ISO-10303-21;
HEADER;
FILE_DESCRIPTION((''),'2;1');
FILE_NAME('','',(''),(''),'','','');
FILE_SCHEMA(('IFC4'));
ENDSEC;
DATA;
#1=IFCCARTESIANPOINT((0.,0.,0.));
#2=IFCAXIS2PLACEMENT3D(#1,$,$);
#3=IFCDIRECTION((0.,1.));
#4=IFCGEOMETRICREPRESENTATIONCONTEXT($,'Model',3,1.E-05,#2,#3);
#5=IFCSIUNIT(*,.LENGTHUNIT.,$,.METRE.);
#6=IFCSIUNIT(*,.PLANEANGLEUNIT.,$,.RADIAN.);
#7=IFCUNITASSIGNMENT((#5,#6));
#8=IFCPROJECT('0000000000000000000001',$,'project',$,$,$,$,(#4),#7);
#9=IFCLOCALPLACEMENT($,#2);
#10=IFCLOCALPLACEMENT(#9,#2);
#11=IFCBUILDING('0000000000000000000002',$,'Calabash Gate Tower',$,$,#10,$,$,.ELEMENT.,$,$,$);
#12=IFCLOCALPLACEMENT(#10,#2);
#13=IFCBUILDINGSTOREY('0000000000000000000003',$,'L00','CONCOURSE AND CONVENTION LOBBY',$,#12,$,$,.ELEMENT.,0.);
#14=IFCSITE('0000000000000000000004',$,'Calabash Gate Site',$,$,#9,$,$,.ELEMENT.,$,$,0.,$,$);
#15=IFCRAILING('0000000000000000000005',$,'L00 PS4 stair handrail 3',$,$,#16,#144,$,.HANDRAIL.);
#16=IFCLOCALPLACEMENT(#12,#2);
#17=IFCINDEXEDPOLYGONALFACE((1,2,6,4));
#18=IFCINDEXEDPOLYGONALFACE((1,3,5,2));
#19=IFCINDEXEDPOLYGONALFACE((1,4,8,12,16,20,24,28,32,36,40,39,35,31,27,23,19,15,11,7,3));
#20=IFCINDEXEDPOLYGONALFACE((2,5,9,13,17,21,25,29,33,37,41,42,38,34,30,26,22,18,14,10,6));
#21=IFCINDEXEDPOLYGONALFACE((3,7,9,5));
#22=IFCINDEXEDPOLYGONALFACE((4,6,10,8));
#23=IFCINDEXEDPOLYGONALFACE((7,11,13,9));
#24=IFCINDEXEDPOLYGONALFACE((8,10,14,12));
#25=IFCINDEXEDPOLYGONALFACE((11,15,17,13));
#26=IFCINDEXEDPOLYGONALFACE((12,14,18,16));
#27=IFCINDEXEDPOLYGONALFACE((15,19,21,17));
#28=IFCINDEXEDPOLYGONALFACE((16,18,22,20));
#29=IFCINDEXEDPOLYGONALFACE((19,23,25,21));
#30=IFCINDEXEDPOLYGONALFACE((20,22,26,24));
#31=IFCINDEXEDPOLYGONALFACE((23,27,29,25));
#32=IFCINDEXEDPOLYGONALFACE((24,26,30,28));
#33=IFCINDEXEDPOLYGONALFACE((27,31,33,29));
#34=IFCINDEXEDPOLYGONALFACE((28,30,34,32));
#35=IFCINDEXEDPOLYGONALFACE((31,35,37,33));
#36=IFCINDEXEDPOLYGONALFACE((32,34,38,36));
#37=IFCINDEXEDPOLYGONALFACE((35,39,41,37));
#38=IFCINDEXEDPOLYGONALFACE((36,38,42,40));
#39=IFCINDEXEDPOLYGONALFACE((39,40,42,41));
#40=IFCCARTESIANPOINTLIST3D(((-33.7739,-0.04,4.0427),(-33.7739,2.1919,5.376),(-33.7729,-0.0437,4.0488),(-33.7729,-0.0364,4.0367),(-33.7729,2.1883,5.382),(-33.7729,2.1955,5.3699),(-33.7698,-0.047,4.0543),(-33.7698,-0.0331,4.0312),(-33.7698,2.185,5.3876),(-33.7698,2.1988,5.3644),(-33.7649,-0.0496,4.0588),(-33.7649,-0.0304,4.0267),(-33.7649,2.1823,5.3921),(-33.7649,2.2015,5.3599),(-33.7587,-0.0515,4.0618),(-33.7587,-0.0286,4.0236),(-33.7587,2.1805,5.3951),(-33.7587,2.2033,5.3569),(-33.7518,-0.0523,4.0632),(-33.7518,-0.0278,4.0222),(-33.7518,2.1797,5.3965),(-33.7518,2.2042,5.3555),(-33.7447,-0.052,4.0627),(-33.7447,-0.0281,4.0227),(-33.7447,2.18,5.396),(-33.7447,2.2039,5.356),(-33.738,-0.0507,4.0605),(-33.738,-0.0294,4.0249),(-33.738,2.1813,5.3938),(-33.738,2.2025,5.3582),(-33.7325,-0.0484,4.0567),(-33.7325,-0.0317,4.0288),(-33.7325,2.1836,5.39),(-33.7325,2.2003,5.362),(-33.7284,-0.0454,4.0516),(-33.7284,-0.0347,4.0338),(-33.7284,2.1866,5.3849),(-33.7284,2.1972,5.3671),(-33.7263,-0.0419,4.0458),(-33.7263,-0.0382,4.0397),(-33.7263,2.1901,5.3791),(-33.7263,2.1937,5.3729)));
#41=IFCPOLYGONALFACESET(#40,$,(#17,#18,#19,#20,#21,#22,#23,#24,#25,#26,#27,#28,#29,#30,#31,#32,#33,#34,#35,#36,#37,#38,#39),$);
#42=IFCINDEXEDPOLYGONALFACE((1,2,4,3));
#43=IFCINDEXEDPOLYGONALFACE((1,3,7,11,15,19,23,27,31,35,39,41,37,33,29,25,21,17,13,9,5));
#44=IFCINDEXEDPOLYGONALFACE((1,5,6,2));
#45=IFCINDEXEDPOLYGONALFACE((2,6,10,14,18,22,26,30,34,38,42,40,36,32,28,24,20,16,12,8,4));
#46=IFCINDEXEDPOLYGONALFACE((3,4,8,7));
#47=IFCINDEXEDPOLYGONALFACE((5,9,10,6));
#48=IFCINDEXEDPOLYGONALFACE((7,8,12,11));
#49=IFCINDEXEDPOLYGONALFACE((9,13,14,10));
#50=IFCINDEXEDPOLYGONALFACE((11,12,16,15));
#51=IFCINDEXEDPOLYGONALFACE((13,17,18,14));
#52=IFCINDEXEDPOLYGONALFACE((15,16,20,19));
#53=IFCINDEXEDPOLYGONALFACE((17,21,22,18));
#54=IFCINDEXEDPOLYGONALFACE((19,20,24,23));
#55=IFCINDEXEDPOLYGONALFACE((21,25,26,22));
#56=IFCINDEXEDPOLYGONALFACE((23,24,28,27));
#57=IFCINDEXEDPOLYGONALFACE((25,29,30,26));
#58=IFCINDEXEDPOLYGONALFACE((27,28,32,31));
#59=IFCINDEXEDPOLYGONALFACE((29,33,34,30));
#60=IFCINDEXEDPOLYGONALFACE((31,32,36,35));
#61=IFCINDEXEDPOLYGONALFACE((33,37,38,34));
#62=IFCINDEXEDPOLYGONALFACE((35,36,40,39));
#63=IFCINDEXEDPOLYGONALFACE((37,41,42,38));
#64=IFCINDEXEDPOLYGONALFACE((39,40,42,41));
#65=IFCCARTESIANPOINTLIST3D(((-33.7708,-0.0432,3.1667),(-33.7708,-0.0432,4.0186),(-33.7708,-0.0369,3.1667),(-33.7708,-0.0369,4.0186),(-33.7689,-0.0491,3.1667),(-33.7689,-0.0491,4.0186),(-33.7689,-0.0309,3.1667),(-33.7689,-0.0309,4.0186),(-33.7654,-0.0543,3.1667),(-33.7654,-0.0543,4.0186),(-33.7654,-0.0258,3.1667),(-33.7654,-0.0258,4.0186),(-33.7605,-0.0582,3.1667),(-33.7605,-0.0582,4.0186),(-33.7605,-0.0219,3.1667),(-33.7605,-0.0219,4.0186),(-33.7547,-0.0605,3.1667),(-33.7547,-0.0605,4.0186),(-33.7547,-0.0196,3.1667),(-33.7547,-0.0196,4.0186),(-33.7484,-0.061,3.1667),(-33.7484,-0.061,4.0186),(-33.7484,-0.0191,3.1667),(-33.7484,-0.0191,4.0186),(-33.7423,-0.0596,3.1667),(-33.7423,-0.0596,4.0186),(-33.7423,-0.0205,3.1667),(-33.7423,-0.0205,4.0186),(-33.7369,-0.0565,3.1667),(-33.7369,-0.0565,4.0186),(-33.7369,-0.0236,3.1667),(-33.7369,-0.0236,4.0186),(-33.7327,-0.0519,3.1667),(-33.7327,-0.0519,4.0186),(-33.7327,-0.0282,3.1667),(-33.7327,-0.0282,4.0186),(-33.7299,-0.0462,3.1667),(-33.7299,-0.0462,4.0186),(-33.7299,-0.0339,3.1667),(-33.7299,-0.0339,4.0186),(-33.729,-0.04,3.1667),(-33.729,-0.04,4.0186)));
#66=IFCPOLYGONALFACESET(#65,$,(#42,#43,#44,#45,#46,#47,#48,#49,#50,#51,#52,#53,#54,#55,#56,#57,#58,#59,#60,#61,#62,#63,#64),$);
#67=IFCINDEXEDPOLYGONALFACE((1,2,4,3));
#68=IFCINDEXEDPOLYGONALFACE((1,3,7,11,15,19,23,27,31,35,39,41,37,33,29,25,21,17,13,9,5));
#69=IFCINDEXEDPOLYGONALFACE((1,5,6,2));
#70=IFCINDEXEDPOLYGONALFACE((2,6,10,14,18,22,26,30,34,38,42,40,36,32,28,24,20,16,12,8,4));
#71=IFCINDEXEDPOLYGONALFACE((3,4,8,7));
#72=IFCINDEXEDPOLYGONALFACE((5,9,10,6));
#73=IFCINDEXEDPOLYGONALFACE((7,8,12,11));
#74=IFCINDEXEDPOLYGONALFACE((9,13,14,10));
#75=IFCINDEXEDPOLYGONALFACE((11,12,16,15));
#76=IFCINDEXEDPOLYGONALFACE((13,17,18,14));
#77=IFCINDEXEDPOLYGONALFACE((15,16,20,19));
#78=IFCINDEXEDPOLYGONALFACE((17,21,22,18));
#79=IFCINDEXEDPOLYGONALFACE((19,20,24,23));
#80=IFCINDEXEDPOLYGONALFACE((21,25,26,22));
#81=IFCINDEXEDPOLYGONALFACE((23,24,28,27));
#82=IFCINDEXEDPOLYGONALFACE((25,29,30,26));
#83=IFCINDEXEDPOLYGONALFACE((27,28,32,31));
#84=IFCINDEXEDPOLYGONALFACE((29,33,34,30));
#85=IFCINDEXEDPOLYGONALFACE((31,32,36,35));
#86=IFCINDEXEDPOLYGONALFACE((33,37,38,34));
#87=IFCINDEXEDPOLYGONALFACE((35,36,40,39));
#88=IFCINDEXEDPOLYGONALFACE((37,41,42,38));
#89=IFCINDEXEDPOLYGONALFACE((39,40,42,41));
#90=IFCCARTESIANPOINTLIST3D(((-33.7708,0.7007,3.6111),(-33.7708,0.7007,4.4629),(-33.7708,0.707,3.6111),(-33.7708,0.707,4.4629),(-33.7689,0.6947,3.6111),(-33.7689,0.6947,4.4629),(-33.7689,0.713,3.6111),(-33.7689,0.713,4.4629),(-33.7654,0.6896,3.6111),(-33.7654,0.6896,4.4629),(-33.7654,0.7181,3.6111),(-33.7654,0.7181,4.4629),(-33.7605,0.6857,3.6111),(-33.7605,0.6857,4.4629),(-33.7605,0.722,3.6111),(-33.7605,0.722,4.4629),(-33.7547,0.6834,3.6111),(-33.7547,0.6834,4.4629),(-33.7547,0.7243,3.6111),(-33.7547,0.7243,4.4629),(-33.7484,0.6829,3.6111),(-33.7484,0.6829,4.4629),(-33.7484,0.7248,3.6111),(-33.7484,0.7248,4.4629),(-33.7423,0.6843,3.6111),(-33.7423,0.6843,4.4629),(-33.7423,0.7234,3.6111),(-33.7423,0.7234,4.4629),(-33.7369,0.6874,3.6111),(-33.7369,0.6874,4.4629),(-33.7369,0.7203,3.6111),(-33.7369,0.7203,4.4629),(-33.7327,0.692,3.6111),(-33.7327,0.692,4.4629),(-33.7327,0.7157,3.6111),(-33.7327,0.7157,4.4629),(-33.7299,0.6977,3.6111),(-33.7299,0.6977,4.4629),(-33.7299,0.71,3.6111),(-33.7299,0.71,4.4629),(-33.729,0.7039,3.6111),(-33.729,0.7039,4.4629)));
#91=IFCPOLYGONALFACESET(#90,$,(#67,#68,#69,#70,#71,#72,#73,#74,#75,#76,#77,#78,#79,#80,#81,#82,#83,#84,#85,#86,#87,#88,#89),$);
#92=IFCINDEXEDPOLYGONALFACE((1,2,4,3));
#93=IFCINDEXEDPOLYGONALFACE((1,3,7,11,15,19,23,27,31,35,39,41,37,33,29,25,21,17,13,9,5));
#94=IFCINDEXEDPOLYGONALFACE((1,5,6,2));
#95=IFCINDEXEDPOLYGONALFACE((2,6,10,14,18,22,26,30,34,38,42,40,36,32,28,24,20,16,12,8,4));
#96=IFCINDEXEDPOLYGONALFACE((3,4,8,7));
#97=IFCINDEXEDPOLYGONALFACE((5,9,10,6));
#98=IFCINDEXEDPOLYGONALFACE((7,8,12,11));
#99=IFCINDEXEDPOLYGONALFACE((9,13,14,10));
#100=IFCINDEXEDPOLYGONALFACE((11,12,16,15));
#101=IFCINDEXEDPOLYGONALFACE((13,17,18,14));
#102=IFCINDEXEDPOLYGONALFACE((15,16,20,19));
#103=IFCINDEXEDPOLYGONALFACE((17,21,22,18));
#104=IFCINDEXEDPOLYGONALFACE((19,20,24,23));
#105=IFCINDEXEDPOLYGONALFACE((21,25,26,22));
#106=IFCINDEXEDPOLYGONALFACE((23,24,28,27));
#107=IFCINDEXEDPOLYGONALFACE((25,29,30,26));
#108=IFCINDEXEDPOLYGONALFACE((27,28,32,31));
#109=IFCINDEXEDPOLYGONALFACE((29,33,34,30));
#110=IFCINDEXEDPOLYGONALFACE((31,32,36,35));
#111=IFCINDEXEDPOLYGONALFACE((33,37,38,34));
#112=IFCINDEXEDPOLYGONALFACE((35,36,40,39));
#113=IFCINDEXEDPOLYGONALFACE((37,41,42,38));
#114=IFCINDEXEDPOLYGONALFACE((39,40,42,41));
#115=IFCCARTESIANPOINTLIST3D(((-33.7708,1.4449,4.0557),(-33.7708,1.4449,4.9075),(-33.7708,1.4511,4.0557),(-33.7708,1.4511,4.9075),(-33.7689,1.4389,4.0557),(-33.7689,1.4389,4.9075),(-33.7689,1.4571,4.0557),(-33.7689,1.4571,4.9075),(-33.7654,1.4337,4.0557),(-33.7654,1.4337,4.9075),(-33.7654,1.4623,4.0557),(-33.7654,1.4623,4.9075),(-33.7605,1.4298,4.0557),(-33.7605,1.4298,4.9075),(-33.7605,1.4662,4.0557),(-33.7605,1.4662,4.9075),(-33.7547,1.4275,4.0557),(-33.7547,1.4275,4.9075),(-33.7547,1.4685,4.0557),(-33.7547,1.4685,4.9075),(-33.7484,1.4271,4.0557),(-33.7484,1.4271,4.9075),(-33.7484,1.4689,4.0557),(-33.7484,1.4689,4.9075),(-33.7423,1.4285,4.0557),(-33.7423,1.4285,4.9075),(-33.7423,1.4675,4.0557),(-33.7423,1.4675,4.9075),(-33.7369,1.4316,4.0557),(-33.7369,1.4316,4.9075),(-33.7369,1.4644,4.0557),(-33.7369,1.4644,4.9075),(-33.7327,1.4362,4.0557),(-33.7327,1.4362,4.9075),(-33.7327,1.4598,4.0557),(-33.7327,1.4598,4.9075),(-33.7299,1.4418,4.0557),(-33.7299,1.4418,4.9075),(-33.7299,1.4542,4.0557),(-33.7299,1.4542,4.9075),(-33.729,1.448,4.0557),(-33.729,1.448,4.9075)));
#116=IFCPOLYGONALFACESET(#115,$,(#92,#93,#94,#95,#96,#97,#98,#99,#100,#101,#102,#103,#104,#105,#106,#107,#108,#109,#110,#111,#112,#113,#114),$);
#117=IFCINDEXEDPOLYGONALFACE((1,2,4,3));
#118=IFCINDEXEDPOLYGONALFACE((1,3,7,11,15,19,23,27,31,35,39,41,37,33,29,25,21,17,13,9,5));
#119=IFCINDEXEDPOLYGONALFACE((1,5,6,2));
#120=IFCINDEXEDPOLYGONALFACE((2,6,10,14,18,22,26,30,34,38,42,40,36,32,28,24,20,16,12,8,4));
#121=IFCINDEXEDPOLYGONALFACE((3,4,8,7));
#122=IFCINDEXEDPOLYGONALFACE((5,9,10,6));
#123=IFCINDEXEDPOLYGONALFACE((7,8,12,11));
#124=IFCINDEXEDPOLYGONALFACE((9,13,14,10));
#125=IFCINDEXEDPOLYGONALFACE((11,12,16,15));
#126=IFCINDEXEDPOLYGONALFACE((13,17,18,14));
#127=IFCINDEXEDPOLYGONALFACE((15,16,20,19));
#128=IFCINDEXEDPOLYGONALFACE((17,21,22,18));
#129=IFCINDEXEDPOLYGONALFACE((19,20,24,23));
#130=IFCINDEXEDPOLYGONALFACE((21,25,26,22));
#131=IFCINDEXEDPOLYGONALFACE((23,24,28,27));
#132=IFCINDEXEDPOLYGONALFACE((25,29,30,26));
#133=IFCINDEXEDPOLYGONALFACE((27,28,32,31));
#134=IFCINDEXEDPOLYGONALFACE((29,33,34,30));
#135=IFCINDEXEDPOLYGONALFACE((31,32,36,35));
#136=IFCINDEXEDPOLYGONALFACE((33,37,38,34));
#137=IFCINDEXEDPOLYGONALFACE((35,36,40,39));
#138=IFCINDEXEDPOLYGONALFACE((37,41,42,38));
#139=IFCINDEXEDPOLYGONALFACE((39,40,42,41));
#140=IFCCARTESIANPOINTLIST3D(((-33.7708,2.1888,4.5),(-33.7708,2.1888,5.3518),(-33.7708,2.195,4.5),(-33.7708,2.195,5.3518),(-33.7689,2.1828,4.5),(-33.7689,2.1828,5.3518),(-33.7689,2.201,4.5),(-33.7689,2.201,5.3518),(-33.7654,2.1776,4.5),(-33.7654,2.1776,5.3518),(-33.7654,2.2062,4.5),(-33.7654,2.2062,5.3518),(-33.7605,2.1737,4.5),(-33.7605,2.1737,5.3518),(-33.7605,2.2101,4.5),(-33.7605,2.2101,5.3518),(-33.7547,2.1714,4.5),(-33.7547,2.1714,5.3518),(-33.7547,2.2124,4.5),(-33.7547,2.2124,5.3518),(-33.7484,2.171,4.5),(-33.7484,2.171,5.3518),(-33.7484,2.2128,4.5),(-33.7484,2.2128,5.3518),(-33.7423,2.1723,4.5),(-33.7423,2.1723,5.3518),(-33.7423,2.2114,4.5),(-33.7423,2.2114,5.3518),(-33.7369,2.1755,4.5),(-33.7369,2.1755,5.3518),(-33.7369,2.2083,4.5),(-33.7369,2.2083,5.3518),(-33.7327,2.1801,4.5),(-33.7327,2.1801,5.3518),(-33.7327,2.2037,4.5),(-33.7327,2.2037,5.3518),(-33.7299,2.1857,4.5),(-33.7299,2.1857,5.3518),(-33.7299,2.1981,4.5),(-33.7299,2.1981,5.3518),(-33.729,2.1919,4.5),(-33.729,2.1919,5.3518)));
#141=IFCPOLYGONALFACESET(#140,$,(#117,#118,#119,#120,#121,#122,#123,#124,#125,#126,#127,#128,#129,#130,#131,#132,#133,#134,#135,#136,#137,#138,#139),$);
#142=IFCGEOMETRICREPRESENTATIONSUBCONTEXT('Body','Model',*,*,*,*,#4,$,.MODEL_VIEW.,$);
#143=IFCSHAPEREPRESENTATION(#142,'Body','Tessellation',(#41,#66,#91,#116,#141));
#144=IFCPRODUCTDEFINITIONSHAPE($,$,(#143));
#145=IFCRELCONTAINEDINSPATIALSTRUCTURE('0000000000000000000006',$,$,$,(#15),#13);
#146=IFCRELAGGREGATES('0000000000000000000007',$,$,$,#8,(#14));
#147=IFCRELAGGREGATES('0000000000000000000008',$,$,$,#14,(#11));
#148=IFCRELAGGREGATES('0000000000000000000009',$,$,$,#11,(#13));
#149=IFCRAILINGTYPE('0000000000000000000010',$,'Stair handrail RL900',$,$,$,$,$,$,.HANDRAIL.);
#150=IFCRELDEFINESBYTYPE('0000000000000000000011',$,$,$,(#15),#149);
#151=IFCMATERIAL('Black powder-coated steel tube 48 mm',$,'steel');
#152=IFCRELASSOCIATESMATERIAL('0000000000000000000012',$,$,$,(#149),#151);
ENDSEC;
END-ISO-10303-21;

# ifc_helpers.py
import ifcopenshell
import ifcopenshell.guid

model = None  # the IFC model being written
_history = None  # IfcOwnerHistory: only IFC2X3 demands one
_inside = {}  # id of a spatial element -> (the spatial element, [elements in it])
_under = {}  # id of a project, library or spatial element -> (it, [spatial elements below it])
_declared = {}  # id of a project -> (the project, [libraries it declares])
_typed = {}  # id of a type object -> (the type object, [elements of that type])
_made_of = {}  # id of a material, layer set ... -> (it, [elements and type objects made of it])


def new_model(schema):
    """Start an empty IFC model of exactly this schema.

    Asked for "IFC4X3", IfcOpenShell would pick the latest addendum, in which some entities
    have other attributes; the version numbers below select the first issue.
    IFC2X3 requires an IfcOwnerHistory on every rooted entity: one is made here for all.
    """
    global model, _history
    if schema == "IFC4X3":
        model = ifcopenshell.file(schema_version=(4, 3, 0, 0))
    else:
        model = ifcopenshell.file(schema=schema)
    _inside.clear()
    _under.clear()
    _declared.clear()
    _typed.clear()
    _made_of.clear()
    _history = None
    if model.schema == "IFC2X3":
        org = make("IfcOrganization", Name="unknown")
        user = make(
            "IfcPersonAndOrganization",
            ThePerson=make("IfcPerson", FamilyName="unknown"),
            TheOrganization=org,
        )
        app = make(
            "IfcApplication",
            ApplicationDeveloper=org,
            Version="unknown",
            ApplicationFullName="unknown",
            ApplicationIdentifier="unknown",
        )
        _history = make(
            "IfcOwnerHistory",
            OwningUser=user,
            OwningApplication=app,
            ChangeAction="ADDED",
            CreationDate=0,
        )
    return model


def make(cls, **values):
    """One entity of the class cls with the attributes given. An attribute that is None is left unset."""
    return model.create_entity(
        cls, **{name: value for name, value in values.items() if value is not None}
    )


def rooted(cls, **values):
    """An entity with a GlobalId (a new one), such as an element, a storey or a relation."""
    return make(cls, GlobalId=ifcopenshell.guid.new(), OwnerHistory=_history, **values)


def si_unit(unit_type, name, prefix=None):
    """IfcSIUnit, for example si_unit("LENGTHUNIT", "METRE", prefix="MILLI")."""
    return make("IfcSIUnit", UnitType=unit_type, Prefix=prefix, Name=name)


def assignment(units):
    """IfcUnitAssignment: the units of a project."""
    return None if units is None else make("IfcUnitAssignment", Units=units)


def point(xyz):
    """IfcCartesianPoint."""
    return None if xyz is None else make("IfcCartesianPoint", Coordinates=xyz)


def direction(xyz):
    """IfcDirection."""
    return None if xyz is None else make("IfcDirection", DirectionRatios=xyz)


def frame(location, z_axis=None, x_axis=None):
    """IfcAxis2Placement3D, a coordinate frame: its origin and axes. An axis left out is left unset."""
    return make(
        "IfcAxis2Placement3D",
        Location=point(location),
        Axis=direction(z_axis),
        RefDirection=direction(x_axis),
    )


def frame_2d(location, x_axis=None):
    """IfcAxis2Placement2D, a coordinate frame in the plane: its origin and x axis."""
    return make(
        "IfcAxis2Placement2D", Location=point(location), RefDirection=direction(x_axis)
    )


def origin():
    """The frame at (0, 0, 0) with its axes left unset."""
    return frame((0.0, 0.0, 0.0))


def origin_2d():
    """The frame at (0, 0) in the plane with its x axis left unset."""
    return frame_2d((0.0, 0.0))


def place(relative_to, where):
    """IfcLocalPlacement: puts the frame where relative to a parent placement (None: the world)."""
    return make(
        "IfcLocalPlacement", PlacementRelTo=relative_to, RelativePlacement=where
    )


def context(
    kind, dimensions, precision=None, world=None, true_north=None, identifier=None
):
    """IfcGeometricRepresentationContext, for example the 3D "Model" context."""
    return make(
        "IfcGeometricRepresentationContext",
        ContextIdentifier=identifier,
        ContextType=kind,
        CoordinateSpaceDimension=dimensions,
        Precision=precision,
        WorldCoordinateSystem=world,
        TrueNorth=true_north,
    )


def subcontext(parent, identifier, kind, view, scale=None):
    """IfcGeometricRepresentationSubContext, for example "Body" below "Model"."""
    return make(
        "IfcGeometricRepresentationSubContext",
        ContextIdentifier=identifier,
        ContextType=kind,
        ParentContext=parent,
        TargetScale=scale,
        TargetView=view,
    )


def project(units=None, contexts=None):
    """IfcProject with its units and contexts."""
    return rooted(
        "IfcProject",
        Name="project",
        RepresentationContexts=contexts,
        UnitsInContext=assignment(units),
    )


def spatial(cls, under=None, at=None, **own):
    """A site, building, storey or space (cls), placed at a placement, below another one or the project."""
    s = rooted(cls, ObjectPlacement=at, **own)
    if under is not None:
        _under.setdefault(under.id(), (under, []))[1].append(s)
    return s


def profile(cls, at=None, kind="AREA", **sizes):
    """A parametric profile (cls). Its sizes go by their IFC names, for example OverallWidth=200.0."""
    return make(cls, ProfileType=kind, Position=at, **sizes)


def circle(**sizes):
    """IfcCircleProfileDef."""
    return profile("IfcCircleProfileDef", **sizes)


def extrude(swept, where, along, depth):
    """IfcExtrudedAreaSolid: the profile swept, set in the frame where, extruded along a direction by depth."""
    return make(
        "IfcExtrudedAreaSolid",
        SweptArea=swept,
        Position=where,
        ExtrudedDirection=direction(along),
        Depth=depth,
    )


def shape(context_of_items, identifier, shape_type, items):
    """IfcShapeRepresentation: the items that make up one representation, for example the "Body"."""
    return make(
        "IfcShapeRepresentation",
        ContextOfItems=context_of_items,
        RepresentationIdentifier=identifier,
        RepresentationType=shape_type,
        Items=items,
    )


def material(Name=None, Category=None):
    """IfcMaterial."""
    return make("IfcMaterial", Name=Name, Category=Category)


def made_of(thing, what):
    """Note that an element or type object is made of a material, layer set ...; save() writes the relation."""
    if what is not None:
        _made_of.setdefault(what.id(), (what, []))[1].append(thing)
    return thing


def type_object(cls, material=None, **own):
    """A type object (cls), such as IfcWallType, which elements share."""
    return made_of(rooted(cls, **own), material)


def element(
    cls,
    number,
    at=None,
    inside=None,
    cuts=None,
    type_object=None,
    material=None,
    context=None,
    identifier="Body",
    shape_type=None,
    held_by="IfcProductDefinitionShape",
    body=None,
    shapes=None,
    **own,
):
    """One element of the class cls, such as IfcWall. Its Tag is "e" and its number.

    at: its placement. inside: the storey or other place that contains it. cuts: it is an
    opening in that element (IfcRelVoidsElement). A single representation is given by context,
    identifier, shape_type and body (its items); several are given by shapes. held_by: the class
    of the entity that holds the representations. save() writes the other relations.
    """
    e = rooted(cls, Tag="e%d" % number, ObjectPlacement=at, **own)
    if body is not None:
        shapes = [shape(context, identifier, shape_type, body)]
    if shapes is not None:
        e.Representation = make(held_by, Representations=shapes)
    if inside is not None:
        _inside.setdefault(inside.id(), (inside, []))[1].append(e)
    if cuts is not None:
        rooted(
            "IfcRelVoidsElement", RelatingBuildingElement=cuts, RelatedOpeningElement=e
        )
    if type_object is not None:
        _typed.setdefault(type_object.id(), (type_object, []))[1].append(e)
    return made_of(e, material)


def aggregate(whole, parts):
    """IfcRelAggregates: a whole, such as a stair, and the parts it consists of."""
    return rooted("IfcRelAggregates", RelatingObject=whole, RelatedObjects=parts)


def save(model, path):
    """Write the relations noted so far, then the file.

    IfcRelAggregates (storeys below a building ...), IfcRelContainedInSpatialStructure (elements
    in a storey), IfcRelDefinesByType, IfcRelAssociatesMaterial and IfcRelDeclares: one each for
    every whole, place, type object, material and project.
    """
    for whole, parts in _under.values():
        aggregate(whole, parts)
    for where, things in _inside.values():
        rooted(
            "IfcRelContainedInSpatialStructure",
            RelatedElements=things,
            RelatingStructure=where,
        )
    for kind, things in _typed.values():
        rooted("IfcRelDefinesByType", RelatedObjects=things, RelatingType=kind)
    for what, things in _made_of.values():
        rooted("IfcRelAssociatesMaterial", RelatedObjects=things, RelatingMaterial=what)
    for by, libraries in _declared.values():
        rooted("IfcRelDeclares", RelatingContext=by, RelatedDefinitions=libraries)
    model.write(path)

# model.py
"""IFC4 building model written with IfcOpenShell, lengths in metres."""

from ifc_helpers import new_model, si_unit, direction, frame, origin, origin_2d, place, context, subcontext, project, spatial, circle, extrude, material, type_object, element, save


model = new_model("IFC4")

# Units and contexts
model_context = context("Model", 3, precision=1e-05, world=origin(), true_north=direction((0.0, 1.0)))
body_context = subcontext(model_context, "Body", "Model", "MODEL_VIEW")
ifc_project = project(units=[si_unit("LENGTHUNIT", "METRE"), si_unit("PLANEANGLEUNIT", "RADIAN")], contexts=[model_context])

# Site, building, storey
site_placement = place(None, origin())
site = spatial("IfcSite", under=ifc_project, at=site_placement, Name="Calabash Gate Site", CompositionType="ELEMENT", RefElevation=0.0)
building_placement = place(site_placement, origin())
building = spatial("IfcBuilding", under=site, at=building_placement, Name="Calabash Gate Tower", CompositionType="ELEMENT")
storey_placement = place(building_placement, origin())
storey = spatial("IfcBuildingStorey", under=building, at=storey_placement, Name="L00", Description="CONCOURSE AND CONVENTION LOBBY", CompositionType="ELEMENT", Elevation=0.0)

# Railing
ifc_material_1 = material(Name="Black powder-coated steel tube 48 mm", Category="steel")
railing_type = type_object("IfcRailingType", Name="Stair handrail RL900", PredefinedType="HANDRAIL", material=ifc_material_1)
for number, where, name in (
    (1, (-33.75, -0.04, 3.1667), "L00 PS4 stair handrail 3"),
):
    element("IfcRailing", number, at=place(storey_placement, frame(where)), inside=storey, type_object=railing_type, Name=name, PredefinedType="HANDRAIL", context=body_context, shape_type="SweptSolid", body=[
        extrude(circle(Radius=0.0239, at=origin_2d()), frame((0.0, 0.0, 0.876), z_axis=(0.0, 0.858494, 0.512824), x_axis=(-1.0, 0.0, 0.0)), (0.0, 0.0, 1.0), 2.5999),
        extrude(circle(Radius=0.021, at=origin_2d()), origin(), (0.0, 0.0, 1.0), 0.8518),
        extrude(circle(Radius=0.021, at=origin_2d()), frame((0.0, 0.7439, 0.4443)), (0.0, 0.0, 1.0), 0.8518),
        extrude(circle(Radius=0.021, at=origin_2d()), frame((0.0, 1.488, 0.8889)), (0.0, 0.0, 1.0), 0.8518),
        extrude(circle(Radius=0.021, at=origin_2d()), frame((0.0, 2.2319, 1.3333)), (0.0, 0.0, 1.0), 0.8518),
    ])

save(model, "model.ifc")
